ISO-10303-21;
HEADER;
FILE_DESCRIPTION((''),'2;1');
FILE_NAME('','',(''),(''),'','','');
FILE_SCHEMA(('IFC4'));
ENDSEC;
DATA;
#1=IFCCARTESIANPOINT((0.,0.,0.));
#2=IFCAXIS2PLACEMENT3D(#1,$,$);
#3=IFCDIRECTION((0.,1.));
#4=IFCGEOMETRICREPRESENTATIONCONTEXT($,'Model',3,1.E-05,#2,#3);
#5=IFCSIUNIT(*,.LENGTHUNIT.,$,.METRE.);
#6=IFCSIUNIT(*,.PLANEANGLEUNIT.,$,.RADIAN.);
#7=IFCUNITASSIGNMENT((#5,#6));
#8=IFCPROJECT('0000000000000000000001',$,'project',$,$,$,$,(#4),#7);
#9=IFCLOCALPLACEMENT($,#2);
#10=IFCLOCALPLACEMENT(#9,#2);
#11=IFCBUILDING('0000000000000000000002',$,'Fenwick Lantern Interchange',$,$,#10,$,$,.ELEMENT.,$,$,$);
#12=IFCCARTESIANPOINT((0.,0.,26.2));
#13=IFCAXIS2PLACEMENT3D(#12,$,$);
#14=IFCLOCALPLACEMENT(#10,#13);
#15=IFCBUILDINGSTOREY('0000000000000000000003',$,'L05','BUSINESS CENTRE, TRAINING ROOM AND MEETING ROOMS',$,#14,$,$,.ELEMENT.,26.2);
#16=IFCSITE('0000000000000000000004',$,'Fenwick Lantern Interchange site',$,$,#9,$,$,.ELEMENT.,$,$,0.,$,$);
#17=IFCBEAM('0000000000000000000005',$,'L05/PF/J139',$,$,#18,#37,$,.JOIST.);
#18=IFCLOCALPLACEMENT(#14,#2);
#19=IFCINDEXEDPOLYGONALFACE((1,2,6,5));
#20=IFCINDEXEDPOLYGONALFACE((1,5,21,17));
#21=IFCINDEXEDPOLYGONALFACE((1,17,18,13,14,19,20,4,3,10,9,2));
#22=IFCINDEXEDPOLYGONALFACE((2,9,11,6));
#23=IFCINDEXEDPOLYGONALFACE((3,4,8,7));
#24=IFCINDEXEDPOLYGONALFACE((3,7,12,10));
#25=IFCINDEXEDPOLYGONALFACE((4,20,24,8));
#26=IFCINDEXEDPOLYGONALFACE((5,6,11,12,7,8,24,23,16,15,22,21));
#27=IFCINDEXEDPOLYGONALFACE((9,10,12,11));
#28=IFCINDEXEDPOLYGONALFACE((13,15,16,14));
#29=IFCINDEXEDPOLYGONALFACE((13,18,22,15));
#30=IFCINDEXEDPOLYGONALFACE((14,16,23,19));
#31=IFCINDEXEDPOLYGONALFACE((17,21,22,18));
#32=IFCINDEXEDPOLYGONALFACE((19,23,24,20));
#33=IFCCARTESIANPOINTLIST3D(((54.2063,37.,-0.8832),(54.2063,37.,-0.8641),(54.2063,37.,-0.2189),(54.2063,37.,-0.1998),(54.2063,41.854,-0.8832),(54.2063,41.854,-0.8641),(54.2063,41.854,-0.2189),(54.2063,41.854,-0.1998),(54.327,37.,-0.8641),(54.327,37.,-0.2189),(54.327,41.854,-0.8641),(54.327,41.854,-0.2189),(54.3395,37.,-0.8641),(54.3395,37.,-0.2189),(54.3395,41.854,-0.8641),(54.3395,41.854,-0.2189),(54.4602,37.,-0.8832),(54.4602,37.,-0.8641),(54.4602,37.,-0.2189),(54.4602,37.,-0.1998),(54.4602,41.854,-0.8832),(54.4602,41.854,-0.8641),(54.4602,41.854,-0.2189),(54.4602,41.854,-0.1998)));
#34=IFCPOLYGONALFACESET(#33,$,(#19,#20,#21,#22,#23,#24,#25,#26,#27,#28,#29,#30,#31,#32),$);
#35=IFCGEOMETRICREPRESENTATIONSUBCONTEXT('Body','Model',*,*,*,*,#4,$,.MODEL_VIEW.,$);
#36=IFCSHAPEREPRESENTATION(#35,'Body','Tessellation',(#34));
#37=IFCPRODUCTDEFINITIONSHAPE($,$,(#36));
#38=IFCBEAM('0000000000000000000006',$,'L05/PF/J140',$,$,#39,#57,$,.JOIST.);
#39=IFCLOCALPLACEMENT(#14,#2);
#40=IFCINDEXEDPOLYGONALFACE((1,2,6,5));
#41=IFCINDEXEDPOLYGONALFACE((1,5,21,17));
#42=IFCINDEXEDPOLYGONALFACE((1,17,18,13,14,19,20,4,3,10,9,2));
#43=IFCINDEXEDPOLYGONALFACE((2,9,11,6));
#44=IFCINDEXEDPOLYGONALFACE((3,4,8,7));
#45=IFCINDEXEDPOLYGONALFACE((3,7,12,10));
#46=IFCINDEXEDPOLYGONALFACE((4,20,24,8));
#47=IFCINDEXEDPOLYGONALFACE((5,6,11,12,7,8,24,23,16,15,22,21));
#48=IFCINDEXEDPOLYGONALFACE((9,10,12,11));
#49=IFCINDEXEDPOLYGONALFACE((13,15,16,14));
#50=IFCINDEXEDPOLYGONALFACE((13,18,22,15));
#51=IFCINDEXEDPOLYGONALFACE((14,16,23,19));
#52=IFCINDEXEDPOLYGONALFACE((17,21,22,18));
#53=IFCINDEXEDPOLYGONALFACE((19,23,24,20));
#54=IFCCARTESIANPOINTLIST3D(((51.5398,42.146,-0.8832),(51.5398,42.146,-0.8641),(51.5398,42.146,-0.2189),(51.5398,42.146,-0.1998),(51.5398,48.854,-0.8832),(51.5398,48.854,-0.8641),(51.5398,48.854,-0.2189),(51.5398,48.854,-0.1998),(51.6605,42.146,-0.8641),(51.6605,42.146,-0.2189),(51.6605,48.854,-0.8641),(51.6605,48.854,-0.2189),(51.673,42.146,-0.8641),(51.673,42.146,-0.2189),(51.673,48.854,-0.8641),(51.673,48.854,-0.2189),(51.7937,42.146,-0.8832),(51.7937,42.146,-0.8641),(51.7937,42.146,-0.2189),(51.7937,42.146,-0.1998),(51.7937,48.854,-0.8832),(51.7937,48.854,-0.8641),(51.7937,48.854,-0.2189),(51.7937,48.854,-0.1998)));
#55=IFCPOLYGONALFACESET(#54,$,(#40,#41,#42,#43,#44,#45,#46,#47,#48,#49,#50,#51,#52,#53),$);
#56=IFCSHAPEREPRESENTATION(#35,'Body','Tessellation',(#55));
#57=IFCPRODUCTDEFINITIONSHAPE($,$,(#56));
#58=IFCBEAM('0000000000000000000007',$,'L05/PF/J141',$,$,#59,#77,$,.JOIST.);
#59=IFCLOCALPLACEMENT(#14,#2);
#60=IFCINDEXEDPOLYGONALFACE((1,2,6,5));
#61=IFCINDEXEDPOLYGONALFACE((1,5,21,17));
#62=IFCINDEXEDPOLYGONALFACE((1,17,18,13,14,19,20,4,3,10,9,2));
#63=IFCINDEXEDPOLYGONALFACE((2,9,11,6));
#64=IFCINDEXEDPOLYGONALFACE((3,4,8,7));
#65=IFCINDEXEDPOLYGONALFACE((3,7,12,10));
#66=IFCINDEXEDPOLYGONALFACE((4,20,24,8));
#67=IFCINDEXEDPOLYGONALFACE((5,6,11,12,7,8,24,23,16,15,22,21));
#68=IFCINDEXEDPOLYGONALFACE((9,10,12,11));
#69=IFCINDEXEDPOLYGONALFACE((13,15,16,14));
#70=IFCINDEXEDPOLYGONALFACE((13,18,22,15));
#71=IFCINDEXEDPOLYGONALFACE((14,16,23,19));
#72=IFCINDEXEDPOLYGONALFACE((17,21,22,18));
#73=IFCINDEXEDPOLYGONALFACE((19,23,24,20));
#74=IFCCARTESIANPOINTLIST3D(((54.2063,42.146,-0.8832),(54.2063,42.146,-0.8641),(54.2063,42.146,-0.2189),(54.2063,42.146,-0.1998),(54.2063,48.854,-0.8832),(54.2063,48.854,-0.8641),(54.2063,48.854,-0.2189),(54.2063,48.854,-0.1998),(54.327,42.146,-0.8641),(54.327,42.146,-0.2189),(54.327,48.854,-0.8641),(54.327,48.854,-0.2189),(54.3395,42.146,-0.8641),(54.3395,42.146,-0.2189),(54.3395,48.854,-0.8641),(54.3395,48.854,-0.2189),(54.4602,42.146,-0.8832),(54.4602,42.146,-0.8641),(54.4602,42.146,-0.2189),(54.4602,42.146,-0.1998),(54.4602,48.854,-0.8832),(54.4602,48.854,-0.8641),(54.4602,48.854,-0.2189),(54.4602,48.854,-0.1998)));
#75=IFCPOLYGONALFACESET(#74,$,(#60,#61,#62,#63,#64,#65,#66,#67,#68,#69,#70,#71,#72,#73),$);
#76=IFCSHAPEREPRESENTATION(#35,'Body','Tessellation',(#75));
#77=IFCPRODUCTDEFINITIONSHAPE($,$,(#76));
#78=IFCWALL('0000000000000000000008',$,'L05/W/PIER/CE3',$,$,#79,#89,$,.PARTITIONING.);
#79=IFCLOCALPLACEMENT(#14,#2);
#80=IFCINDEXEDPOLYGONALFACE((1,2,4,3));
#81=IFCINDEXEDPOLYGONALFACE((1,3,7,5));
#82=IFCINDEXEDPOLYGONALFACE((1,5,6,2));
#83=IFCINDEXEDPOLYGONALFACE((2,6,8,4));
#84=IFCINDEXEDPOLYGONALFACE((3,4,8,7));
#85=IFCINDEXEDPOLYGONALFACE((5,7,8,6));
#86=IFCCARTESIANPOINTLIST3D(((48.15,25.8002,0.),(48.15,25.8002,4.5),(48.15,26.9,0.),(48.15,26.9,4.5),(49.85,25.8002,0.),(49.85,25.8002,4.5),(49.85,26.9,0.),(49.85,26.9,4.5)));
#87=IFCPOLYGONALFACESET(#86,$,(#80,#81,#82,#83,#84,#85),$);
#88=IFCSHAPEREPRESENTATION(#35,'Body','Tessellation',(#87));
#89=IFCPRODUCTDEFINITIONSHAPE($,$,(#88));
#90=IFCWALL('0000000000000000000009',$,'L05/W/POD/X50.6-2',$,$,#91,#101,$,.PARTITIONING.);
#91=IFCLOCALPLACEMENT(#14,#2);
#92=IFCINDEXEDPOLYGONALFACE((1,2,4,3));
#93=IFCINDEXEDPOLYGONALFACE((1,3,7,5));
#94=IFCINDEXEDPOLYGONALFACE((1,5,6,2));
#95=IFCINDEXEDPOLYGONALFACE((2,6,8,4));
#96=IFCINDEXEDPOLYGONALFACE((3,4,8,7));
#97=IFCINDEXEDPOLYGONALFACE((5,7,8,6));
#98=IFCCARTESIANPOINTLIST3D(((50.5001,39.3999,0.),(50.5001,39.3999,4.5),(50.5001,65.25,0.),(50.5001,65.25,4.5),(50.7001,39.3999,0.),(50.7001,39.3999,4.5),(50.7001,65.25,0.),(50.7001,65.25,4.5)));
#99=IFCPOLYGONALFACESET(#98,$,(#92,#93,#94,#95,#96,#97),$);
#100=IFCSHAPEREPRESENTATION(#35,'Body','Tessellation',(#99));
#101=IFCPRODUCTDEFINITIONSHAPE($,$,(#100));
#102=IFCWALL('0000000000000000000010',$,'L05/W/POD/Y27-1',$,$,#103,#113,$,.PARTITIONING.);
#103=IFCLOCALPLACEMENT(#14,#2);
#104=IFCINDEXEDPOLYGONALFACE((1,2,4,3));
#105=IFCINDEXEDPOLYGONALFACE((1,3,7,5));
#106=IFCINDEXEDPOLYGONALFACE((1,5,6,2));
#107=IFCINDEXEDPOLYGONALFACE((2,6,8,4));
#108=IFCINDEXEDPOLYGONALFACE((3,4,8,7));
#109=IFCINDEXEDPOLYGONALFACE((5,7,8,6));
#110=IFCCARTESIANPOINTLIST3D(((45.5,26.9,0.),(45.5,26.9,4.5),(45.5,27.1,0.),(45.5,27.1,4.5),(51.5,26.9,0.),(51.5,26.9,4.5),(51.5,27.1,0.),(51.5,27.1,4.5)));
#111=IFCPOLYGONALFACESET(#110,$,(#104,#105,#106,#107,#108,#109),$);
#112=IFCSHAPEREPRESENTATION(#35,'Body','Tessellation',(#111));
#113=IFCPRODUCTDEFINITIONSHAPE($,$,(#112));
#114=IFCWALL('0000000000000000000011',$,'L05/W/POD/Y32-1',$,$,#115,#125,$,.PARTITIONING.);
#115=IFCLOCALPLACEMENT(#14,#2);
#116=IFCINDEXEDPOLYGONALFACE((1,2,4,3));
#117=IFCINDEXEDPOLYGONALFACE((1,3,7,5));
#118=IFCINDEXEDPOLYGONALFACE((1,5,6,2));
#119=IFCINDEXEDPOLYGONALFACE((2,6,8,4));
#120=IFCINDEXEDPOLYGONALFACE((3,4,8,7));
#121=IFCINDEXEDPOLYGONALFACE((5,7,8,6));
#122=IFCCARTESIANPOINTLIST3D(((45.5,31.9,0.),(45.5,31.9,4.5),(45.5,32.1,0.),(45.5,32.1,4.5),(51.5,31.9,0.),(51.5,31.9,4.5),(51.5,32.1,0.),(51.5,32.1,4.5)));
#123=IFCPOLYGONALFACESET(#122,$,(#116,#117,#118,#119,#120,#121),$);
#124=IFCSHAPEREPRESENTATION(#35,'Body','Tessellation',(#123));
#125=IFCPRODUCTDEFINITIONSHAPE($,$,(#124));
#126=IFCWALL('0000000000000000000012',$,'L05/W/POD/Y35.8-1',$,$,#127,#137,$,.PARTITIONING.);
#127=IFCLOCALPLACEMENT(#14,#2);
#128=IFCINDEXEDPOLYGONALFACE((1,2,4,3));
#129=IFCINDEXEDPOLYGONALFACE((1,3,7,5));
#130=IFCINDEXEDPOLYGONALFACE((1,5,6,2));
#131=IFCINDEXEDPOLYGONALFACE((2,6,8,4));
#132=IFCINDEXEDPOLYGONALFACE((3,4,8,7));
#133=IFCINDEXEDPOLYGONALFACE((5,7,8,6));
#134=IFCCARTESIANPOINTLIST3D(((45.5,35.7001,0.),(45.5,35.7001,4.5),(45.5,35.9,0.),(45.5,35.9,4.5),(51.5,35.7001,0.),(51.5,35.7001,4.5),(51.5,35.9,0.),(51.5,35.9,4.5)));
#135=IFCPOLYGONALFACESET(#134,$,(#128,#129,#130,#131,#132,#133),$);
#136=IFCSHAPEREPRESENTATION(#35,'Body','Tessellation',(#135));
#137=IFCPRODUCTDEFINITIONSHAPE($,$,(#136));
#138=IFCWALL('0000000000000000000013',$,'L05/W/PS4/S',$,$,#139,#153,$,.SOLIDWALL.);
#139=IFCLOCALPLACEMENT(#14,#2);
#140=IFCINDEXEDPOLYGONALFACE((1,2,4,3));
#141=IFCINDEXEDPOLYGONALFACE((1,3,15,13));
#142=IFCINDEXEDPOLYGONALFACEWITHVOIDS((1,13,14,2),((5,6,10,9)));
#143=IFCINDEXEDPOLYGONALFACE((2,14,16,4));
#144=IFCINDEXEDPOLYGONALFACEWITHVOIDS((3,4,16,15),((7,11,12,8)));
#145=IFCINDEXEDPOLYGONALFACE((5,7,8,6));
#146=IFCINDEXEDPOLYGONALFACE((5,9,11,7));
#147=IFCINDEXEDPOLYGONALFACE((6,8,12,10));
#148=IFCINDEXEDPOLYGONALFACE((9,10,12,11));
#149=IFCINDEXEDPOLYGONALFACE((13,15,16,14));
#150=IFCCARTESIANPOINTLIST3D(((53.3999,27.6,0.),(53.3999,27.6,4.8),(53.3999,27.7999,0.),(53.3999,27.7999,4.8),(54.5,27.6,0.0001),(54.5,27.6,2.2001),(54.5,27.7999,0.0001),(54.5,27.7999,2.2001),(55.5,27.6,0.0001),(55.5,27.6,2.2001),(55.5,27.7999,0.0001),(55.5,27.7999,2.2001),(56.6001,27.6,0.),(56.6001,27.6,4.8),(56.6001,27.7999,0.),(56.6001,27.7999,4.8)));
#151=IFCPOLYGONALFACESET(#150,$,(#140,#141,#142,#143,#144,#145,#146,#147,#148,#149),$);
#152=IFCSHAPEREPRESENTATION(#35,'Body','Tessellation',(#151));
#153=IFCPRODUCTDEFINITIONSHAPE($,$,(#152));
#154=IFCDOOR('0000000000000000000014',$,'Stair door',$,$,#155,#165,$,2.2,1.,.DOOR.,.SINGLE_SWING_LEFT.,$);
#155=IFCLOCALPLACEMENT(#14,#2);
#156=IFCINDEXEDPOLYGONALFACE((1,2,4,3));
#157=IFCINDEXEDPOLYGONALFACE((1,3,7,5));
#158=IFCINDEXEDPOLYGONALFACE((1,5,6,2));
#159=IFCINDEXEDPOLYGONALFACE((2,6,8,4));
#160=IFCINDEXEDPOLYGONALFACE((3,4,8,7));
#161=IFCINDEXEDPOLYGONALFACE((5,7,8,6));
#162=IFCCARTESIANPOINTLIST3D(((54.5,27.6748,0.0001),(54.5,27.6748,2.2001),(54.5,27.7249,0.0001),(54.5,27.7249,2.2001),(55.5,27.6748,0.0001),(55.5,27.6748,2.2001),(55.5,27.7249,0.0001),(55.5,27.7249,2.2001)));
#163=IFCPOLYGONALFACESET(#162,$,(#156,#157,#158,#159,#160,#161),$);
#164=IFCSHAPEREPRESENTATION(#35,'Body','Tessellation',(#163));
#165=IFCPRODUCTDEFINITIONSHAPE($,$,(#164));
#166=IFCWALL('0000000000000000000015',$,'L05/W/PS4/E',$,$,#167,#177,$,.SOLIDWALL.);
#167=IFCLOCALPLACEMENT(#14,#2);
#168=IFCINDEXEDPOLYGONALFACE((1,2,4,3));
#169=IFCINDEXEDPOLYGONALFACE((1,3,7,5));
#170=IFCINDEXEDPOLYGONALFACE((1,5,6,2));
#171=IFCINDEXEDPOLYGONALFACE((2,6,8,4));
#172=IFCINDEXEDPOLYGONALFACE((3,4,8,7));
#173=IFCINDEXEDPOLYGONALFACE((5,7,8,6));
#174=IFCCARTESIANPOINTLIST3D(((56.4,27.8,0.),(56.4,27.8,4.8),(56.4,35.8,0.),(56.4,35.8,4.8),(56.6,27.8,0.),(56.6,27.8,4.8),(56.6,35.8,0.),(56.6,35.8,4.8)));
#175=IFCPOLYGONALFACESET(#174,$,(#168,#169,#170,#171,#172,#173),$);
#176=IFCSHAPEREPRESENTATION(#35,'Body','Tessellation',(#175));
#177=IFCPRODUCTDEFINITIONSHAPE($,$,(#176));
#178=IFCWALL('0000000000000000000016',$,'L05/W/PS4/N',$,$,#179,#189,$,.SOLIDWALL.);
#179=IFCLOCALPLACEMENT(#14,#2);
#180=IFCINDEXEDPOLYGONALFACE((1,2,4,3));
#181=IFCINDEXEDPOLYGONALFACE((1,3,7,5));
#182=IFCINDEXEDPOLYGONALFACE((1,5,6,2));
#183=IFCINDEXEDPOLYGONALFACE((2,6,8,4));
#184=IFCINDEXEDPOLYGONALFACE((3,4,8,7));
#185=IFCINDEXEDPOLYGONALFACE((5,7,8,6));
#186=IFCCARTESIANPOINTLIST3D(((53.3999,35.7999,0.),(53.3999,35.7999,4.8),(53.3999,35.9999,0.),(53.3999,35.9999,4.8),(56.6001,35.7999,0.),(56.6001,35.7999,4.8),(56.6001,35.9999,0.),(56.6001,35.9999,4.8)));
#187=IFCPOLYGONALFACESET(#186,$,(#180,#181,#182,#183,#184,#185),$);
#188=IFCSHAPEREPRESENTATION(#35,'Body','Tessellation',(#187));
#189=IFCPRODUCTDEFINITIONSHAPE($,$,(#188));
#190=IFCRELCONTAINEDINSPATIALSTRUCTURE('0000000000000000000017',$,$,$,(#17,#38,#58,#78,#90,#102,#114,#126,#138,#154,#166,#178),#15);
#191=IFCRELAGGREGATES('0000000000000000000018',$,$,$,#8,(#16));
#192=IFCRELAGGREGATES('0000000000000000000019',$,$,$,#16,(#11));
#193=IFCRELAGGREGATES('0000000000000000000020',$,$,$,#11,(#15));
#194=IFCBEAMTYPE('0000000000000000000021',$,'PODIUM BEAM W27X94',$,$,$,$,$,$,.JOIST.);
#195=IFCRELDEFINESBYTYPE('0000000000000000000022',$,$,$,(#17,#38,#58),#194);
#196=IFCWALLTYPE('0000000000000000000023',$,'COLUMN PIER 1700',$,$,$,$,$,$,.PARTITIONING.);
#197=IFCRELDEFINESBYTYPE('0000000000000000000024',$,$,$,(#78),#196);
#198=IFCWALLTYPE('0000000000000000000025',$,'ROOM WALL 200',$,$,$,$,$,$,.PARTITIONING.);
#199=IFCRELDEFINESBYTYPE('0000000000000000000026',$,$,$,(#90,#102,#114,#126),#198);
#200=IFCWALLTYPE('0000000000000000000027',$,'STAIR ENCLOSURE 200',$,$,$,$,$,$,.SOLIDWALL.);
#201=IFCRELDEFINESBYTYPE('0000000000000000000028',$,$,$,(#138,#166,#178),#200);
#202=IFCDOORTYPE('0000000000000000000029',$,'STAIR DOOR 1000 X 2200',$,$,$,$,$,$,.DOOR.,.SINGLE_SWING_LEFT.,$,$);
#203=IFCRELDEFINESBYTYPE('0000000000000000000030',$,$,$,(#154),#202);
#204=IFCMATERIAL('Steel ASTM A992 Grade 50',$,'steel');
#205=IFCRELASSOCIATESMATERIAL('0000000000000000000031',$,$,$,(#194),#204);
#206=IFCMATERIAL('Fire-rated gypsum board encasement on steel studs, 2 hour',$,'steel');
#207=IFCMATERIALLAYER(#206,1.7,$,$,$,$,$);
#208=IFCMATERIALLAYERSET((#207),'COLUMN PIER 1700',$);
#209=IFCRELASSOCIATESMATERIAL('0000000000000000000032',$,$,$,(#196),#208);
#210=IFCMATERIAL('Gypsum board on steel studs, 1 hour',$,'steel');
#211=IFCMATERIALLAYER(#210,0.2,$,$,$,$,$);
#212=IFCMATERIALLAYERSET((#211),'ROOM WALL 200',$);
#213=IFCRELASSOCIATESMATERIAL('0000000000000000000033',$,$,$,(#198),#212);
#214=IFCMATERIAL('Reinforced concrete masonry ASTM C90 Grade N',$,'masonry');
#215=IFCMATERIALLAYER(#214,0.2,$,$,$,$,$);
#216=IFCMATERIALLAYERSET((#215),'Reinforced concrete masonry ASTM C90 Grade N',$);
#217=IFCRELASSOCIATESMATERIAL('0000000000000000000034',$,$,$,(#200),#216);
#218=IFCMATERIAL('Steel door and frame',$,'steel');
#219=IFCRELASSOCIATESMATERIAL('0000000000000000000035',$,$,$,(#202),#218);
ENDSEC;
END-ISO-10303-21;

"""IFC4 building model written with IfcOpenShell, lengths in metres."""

from ifc_helpers import new_model, si_unit, direction, frame, frame_2d, origin, origin_2d, place, context, subcontext, project, spatial, rectangle, i_section, extrude, material, layer, layer_set, material_profile, profile_set, type_object, element, fill, save


model = new_model("IFC4")

# Units and contexts
model_context = context("Model", 3, precision=1e-05, world=origin(), true_north=direction((0.0, 1.0)))
body_context = subcontext(model_context, "Body", "Model", "MODEL_VIEW")
ifc_project = project(units=[si_unit("LENGTHUNIT", "METRE"), si_unit("PLANEANGLEUNIT", "RADIAN")], contexts=[model_context])

# Site, building, storey
site_placement = place(None, origin())
site = spatial("IfcSite", under=ifc_project, at=site_placement, Name="Fenwick Lantern Interchange site", CompositionType="ELEMENT", RefElevation=0.0)
building_placement = place(site_placement, origin())
building = spatial("IfcBuilding", under=site, at=building_placement, Name="Fenwick Lantern Interchange", CompositionType="ELEMENT")
storey_placement = place(building_placement, frame((0.0, 0.0, 26.2)))
storey = spatial("IfcBuildingStorey", under=building, at=storey_placement, Name="L05", Description="BUSINESS CENTRE, TRAINING ROOM AND MEETING ROOMS", CompositionType="ELEMENT", Elevation=26.2)

# Shared definitions
ifc_material_1 = material(Name="Steel ASTM A992 Grade 50", Category="steel")

# Beams
ifc_material_profile_1 = material_profile(ifc_material_1, i_section(OverallWidth=0.2539, OverallDepth=0.6833, WebThickness=0.0125, FlangeThickness=0.019, at=origin_2d()), Name="W27X94")
ifc_profile_set_1 = profile_set([ifc_material_profile_1], Name="Steel ASTM A992 Grade 50")
beam_type_1 = type_object("IfcBeamType", Name="PODIUM BEAM W27X94", PredefinedType="JOIST", material=ifc_profile_set_1)
beam_1_placement = place(storey_placement, frame((54.3333, 37.0, -0.5415), z_axis=(0.0, 1.0, 0.0), x_axis=(-1.0, 0.0, 0.0)))
element("IfcBeam", 1, at=beam_1_placement, inside=storey, type_object=beam_type_1, Name="L05/PF/J139", PredefinedType="JOIST", context=body_context, shape_type="SweptSolid", body=[
    extrude(i_section(OverallWidth=0.2539, OverallDepth=0.6833, WebThickness=0.0125, FlangeThickness=0.019, at=origin_2d()), origin(), (0.0, 0.0, 1.0), 4.854),
])
for number, where, z_axis, x_axis, name in (
    (2, (51.6667, 42.146, -0.5415), (0.0, 1.0, 0.0), (-1.0, 0.0, 0.0), "L05/PF/J140"),
    (3, (54.3333, 42.146, -0.5415), (0.0, 1.0, 0.0), (-1.0, 0.0, 0.0), "L05/PF/J141"),
):
    element("IfcBeam", number, at=place(storey_placement, frame(where, z_axis=z_axis, x_axis=x_axis)), inside=storey, type_object=beam_type_1, Name=name, PredefinedType="JOIST", context=body_context, shape_type="SweptSolid", body=[
        extrude(i_section(OverallWidth=0.2539, OverallDepth=0.6833, WebThickness=0.0125, FlangeThickness=0.019, at=origin_2d()), origin(), (0.0, 0.0, 1.0), 6.708),
    ])

# Walls
ifc_material_2 = material(Name="Fire-rated gypsum board encasement on steel studs, 2 hour", Category="steel")
ifc_layer_1 = layer(ifc_material_2, 1.7)
ifc_layer_set_1 = layer_set([ifc_layer_1], Name="COLUMN PIER 1700")
wall_type_1 = type_object("IfcWallType", Name="COLUMN PIER 1700", PredefinedType="PARTITIONING", material=ifc_layer_set_1)
wall_1_placement = place(storey_placement, frame((49.0, 26.8999, 0.0), z_axis=(0.0, 0.0, 1.0), x_axis=(0.0, -1.0, 0.0)))
element("IfcWall", 4, at=wall_1_placement, inside=storey, type_object=wall_type_1, Name="L05/W/PIER/CE3", PredefinedType="PARTITIONING", context=body_context, shape_type="SweptSolid", body=[
    extrude(rectangle(XDim=1.0999, YDim=1.7, at=frame_2d((0.5498, 0.0))), origin(), (0.0, 0.0, 1.0), 4.5),
])
ifc_material_3 = material(Name="Gypsum board on steel studs, 1 hour", Category="steel")
ifc_layer_2 = layer(ifc_material_3, 0.2)
ifc_layer_set_2 = layer_set([ifc_layer_2], Name="ROOM WALL 200")
wall_type_2 = type_object("IfcWallType", Name="ROOM WALL 200", PredefinedType="PARTITIONING", material=ifc_layer_set_2)
wall_2_placement = place(storey_placement, frame((50.6001, 39.3999, 0.0), z_axis=(0.0, 0.0, 1.0), x_axis=(0.0, 1.0, 0.0)))
element("IfcWall", 5, at=wall_2_placement, inside=storey, type_object=wall_type_2, Name="L05/W/POD/X50.6-2", PredefinedType="PARTITIONING", context=body_context, shape_type="SweptSolid", body=[
    extrude(rectangle(XDim=25.8501, YDim=0.2, at=frame_2d((12.925, 0.0))), origin(), (0.0, 0.0, 1.0), 4.5),
])
for number, where, z_axis, x_axis, name in (
    (6, (45.5, 27.0, 0.0), (0.0, 0.0, 1.0), (1.0, 0.0, 0.0), "L05/W/POD/Y27-1"),
    (7, (45.5, 32.0, 0.0), (0.0, 0.0, 1.0), (1.0, 0.0, 0.0), "L05/W/POD/Y32-1"),
    (8, (45.5, 35.8, 0.0), (0.0, 0.0, 1.0), (1.0, 0.0, 0.0), "L05/W/POD/Y35.8-1"),
):
    element("IfcWall", number, at=place(storey_placement, frame(where, z_axis=z_axis, x_axis=x_axis)), inside=storey, type_object=wall_type_2, Name=name, PredefinedType="PARTITIONING", context=body_context, shape_type="SweptSolid", body=[
        extrude(rectangle(XDim=6.0, YDim=0.2, at=frame_2d((3.0, 0.0))), origin(), (0.0, 0.0, 1.0), 4.5),
    ])

# Wall, opening, door
ifc_material_4 = material(Name="Steel door and frame", Category="steel")
ifc_material_5 = material(Name="Reinforced concrete masonry ASTM C90 Grade N", Category="masonry")
ifc_layer_3 = layer(ifc_material_5, 0.2)
ifc_layer_set_3 = layer_set([ifc_layer_3], Name="Reinforced concrete masonry ASTM C90 Grade N")
wall_type_3 = type_object("IfcWallType", Name="STAIR ENCLOSURE 200", PredefinedType="SOLIDWALL", material=ifc_layer_set_3)
wall_3_placement = place(storey_placement, frame((53.3999, 27.7, 0.0), z_axis=(0.0, 0.0, 1.0), x_axis=(1.0, 0.0, 0.0)))
wall_3 = element("IfcWall", 9, at=wall_3_placement, inside=storey, type_object=wall_type_3, Name="L05/W/PS4/S", PredefinedType="SOLIDWALL", context=body_context, shape_type="SweptSolid", body=[
    extrude(rectangle(XDim=3.2002, YDim=0.2, at=frame_2d((1.6001, 0.0))), origin(), (0.0, 0.0, 1.0), 4.8),
])
opening_1_placement = place(wall_3_placement, frame((1.1001, 0.0, 0.0)))
opening_1 = element("IfcOpeningElement", 10, at=opening_1_placement, cuts=wall_3, PredefinedType="OPENING", context=body_context, shape_type="SweptSolid", body=[
    extrude(rectangle(XDim=1.0, YDim=2.2, at=frame_2d((0.5, 1.1001))), frame((0.0, 0.1099, 0.0), z_axis=(0.0, -1.0, 0.0), x_axis=(1.0, 0.0, 0.0)), (0.0, 0.0, 1.0), 0.22),
])
door_type_1 = type_object("IfcDoorType", Name="STAIR DOOR 1000 X 2200", OperationType="SINGLE_SWING_LEFT", PredefinedType="DOOR", material=ifc_material_4)
door_1_placement = place(opening_1_placement, origin())
door_1 = element("IfcDoor", 11, at=door_1_placement, inside=storey, type_object=door_type_1, Name="Stair door", OperationType="SINGLE_SWING_LEFT", OverallHeight=2.2, OverallWidth=1.0, PredefinedType="DOOR", context=body_context, shape_type="SweptSolid", body=[
    extrude(rectangle(XDim=1.0, YDim=2.2, at=frame_2d((0.5, 1.1001))), frame((0.0, 0.0249, 0.0), z_axis=(0.0, -1.0, 0.0), x_axis=(1.0, 0.0, 0.0)), (0.0, 0.0, 1.0), 0.05),
])
fill(opening_1, door_1)

# Walls
wall_4_placement = place(storey_placement, frame((56.5, 27.8, 0.0), z_axis=(0.0, 0.0, 1.0), x_axis=(0.0, 1.0, 0.0)))
element("IfcWall", 12, at=wall_4_placement, inside=storey, type_object=wall_type_3, Name="L05/W/PS4/E", PredefinedType="SOLIDWALL", context=body_context, shape_type="SweptSolid", body=[
    extrude(rectangle(XDim=8.0, YDim=0.2, at=frame_2d((4.0, 0.0))), origin(), (0.0, 0.0, 1.0), 4.8),
])
wall_5_placement = place(storey_placement, frame((56.6001, 35.8999, 0.0), z_axis=(0.0, 0.0, 1.0), x_axis=(-1.0, 0.0, 0.0)))
element("IfcWall", 13, at=wall_5_placement, inside=storey, type_object=wall_type_3, Name="L05/W/PS4/N", PredefinedType="SOLIDWALL", context=body_context, shape_type="SweptSolid", body=[
    extrude(rectangle(XDim=3.2002, YDim=0.2, at=frame_2d((1.6001, 0.0))), origin(), (0.0, 0.0, 1.0), 4.8),
])

save(model, "model.ifc")
